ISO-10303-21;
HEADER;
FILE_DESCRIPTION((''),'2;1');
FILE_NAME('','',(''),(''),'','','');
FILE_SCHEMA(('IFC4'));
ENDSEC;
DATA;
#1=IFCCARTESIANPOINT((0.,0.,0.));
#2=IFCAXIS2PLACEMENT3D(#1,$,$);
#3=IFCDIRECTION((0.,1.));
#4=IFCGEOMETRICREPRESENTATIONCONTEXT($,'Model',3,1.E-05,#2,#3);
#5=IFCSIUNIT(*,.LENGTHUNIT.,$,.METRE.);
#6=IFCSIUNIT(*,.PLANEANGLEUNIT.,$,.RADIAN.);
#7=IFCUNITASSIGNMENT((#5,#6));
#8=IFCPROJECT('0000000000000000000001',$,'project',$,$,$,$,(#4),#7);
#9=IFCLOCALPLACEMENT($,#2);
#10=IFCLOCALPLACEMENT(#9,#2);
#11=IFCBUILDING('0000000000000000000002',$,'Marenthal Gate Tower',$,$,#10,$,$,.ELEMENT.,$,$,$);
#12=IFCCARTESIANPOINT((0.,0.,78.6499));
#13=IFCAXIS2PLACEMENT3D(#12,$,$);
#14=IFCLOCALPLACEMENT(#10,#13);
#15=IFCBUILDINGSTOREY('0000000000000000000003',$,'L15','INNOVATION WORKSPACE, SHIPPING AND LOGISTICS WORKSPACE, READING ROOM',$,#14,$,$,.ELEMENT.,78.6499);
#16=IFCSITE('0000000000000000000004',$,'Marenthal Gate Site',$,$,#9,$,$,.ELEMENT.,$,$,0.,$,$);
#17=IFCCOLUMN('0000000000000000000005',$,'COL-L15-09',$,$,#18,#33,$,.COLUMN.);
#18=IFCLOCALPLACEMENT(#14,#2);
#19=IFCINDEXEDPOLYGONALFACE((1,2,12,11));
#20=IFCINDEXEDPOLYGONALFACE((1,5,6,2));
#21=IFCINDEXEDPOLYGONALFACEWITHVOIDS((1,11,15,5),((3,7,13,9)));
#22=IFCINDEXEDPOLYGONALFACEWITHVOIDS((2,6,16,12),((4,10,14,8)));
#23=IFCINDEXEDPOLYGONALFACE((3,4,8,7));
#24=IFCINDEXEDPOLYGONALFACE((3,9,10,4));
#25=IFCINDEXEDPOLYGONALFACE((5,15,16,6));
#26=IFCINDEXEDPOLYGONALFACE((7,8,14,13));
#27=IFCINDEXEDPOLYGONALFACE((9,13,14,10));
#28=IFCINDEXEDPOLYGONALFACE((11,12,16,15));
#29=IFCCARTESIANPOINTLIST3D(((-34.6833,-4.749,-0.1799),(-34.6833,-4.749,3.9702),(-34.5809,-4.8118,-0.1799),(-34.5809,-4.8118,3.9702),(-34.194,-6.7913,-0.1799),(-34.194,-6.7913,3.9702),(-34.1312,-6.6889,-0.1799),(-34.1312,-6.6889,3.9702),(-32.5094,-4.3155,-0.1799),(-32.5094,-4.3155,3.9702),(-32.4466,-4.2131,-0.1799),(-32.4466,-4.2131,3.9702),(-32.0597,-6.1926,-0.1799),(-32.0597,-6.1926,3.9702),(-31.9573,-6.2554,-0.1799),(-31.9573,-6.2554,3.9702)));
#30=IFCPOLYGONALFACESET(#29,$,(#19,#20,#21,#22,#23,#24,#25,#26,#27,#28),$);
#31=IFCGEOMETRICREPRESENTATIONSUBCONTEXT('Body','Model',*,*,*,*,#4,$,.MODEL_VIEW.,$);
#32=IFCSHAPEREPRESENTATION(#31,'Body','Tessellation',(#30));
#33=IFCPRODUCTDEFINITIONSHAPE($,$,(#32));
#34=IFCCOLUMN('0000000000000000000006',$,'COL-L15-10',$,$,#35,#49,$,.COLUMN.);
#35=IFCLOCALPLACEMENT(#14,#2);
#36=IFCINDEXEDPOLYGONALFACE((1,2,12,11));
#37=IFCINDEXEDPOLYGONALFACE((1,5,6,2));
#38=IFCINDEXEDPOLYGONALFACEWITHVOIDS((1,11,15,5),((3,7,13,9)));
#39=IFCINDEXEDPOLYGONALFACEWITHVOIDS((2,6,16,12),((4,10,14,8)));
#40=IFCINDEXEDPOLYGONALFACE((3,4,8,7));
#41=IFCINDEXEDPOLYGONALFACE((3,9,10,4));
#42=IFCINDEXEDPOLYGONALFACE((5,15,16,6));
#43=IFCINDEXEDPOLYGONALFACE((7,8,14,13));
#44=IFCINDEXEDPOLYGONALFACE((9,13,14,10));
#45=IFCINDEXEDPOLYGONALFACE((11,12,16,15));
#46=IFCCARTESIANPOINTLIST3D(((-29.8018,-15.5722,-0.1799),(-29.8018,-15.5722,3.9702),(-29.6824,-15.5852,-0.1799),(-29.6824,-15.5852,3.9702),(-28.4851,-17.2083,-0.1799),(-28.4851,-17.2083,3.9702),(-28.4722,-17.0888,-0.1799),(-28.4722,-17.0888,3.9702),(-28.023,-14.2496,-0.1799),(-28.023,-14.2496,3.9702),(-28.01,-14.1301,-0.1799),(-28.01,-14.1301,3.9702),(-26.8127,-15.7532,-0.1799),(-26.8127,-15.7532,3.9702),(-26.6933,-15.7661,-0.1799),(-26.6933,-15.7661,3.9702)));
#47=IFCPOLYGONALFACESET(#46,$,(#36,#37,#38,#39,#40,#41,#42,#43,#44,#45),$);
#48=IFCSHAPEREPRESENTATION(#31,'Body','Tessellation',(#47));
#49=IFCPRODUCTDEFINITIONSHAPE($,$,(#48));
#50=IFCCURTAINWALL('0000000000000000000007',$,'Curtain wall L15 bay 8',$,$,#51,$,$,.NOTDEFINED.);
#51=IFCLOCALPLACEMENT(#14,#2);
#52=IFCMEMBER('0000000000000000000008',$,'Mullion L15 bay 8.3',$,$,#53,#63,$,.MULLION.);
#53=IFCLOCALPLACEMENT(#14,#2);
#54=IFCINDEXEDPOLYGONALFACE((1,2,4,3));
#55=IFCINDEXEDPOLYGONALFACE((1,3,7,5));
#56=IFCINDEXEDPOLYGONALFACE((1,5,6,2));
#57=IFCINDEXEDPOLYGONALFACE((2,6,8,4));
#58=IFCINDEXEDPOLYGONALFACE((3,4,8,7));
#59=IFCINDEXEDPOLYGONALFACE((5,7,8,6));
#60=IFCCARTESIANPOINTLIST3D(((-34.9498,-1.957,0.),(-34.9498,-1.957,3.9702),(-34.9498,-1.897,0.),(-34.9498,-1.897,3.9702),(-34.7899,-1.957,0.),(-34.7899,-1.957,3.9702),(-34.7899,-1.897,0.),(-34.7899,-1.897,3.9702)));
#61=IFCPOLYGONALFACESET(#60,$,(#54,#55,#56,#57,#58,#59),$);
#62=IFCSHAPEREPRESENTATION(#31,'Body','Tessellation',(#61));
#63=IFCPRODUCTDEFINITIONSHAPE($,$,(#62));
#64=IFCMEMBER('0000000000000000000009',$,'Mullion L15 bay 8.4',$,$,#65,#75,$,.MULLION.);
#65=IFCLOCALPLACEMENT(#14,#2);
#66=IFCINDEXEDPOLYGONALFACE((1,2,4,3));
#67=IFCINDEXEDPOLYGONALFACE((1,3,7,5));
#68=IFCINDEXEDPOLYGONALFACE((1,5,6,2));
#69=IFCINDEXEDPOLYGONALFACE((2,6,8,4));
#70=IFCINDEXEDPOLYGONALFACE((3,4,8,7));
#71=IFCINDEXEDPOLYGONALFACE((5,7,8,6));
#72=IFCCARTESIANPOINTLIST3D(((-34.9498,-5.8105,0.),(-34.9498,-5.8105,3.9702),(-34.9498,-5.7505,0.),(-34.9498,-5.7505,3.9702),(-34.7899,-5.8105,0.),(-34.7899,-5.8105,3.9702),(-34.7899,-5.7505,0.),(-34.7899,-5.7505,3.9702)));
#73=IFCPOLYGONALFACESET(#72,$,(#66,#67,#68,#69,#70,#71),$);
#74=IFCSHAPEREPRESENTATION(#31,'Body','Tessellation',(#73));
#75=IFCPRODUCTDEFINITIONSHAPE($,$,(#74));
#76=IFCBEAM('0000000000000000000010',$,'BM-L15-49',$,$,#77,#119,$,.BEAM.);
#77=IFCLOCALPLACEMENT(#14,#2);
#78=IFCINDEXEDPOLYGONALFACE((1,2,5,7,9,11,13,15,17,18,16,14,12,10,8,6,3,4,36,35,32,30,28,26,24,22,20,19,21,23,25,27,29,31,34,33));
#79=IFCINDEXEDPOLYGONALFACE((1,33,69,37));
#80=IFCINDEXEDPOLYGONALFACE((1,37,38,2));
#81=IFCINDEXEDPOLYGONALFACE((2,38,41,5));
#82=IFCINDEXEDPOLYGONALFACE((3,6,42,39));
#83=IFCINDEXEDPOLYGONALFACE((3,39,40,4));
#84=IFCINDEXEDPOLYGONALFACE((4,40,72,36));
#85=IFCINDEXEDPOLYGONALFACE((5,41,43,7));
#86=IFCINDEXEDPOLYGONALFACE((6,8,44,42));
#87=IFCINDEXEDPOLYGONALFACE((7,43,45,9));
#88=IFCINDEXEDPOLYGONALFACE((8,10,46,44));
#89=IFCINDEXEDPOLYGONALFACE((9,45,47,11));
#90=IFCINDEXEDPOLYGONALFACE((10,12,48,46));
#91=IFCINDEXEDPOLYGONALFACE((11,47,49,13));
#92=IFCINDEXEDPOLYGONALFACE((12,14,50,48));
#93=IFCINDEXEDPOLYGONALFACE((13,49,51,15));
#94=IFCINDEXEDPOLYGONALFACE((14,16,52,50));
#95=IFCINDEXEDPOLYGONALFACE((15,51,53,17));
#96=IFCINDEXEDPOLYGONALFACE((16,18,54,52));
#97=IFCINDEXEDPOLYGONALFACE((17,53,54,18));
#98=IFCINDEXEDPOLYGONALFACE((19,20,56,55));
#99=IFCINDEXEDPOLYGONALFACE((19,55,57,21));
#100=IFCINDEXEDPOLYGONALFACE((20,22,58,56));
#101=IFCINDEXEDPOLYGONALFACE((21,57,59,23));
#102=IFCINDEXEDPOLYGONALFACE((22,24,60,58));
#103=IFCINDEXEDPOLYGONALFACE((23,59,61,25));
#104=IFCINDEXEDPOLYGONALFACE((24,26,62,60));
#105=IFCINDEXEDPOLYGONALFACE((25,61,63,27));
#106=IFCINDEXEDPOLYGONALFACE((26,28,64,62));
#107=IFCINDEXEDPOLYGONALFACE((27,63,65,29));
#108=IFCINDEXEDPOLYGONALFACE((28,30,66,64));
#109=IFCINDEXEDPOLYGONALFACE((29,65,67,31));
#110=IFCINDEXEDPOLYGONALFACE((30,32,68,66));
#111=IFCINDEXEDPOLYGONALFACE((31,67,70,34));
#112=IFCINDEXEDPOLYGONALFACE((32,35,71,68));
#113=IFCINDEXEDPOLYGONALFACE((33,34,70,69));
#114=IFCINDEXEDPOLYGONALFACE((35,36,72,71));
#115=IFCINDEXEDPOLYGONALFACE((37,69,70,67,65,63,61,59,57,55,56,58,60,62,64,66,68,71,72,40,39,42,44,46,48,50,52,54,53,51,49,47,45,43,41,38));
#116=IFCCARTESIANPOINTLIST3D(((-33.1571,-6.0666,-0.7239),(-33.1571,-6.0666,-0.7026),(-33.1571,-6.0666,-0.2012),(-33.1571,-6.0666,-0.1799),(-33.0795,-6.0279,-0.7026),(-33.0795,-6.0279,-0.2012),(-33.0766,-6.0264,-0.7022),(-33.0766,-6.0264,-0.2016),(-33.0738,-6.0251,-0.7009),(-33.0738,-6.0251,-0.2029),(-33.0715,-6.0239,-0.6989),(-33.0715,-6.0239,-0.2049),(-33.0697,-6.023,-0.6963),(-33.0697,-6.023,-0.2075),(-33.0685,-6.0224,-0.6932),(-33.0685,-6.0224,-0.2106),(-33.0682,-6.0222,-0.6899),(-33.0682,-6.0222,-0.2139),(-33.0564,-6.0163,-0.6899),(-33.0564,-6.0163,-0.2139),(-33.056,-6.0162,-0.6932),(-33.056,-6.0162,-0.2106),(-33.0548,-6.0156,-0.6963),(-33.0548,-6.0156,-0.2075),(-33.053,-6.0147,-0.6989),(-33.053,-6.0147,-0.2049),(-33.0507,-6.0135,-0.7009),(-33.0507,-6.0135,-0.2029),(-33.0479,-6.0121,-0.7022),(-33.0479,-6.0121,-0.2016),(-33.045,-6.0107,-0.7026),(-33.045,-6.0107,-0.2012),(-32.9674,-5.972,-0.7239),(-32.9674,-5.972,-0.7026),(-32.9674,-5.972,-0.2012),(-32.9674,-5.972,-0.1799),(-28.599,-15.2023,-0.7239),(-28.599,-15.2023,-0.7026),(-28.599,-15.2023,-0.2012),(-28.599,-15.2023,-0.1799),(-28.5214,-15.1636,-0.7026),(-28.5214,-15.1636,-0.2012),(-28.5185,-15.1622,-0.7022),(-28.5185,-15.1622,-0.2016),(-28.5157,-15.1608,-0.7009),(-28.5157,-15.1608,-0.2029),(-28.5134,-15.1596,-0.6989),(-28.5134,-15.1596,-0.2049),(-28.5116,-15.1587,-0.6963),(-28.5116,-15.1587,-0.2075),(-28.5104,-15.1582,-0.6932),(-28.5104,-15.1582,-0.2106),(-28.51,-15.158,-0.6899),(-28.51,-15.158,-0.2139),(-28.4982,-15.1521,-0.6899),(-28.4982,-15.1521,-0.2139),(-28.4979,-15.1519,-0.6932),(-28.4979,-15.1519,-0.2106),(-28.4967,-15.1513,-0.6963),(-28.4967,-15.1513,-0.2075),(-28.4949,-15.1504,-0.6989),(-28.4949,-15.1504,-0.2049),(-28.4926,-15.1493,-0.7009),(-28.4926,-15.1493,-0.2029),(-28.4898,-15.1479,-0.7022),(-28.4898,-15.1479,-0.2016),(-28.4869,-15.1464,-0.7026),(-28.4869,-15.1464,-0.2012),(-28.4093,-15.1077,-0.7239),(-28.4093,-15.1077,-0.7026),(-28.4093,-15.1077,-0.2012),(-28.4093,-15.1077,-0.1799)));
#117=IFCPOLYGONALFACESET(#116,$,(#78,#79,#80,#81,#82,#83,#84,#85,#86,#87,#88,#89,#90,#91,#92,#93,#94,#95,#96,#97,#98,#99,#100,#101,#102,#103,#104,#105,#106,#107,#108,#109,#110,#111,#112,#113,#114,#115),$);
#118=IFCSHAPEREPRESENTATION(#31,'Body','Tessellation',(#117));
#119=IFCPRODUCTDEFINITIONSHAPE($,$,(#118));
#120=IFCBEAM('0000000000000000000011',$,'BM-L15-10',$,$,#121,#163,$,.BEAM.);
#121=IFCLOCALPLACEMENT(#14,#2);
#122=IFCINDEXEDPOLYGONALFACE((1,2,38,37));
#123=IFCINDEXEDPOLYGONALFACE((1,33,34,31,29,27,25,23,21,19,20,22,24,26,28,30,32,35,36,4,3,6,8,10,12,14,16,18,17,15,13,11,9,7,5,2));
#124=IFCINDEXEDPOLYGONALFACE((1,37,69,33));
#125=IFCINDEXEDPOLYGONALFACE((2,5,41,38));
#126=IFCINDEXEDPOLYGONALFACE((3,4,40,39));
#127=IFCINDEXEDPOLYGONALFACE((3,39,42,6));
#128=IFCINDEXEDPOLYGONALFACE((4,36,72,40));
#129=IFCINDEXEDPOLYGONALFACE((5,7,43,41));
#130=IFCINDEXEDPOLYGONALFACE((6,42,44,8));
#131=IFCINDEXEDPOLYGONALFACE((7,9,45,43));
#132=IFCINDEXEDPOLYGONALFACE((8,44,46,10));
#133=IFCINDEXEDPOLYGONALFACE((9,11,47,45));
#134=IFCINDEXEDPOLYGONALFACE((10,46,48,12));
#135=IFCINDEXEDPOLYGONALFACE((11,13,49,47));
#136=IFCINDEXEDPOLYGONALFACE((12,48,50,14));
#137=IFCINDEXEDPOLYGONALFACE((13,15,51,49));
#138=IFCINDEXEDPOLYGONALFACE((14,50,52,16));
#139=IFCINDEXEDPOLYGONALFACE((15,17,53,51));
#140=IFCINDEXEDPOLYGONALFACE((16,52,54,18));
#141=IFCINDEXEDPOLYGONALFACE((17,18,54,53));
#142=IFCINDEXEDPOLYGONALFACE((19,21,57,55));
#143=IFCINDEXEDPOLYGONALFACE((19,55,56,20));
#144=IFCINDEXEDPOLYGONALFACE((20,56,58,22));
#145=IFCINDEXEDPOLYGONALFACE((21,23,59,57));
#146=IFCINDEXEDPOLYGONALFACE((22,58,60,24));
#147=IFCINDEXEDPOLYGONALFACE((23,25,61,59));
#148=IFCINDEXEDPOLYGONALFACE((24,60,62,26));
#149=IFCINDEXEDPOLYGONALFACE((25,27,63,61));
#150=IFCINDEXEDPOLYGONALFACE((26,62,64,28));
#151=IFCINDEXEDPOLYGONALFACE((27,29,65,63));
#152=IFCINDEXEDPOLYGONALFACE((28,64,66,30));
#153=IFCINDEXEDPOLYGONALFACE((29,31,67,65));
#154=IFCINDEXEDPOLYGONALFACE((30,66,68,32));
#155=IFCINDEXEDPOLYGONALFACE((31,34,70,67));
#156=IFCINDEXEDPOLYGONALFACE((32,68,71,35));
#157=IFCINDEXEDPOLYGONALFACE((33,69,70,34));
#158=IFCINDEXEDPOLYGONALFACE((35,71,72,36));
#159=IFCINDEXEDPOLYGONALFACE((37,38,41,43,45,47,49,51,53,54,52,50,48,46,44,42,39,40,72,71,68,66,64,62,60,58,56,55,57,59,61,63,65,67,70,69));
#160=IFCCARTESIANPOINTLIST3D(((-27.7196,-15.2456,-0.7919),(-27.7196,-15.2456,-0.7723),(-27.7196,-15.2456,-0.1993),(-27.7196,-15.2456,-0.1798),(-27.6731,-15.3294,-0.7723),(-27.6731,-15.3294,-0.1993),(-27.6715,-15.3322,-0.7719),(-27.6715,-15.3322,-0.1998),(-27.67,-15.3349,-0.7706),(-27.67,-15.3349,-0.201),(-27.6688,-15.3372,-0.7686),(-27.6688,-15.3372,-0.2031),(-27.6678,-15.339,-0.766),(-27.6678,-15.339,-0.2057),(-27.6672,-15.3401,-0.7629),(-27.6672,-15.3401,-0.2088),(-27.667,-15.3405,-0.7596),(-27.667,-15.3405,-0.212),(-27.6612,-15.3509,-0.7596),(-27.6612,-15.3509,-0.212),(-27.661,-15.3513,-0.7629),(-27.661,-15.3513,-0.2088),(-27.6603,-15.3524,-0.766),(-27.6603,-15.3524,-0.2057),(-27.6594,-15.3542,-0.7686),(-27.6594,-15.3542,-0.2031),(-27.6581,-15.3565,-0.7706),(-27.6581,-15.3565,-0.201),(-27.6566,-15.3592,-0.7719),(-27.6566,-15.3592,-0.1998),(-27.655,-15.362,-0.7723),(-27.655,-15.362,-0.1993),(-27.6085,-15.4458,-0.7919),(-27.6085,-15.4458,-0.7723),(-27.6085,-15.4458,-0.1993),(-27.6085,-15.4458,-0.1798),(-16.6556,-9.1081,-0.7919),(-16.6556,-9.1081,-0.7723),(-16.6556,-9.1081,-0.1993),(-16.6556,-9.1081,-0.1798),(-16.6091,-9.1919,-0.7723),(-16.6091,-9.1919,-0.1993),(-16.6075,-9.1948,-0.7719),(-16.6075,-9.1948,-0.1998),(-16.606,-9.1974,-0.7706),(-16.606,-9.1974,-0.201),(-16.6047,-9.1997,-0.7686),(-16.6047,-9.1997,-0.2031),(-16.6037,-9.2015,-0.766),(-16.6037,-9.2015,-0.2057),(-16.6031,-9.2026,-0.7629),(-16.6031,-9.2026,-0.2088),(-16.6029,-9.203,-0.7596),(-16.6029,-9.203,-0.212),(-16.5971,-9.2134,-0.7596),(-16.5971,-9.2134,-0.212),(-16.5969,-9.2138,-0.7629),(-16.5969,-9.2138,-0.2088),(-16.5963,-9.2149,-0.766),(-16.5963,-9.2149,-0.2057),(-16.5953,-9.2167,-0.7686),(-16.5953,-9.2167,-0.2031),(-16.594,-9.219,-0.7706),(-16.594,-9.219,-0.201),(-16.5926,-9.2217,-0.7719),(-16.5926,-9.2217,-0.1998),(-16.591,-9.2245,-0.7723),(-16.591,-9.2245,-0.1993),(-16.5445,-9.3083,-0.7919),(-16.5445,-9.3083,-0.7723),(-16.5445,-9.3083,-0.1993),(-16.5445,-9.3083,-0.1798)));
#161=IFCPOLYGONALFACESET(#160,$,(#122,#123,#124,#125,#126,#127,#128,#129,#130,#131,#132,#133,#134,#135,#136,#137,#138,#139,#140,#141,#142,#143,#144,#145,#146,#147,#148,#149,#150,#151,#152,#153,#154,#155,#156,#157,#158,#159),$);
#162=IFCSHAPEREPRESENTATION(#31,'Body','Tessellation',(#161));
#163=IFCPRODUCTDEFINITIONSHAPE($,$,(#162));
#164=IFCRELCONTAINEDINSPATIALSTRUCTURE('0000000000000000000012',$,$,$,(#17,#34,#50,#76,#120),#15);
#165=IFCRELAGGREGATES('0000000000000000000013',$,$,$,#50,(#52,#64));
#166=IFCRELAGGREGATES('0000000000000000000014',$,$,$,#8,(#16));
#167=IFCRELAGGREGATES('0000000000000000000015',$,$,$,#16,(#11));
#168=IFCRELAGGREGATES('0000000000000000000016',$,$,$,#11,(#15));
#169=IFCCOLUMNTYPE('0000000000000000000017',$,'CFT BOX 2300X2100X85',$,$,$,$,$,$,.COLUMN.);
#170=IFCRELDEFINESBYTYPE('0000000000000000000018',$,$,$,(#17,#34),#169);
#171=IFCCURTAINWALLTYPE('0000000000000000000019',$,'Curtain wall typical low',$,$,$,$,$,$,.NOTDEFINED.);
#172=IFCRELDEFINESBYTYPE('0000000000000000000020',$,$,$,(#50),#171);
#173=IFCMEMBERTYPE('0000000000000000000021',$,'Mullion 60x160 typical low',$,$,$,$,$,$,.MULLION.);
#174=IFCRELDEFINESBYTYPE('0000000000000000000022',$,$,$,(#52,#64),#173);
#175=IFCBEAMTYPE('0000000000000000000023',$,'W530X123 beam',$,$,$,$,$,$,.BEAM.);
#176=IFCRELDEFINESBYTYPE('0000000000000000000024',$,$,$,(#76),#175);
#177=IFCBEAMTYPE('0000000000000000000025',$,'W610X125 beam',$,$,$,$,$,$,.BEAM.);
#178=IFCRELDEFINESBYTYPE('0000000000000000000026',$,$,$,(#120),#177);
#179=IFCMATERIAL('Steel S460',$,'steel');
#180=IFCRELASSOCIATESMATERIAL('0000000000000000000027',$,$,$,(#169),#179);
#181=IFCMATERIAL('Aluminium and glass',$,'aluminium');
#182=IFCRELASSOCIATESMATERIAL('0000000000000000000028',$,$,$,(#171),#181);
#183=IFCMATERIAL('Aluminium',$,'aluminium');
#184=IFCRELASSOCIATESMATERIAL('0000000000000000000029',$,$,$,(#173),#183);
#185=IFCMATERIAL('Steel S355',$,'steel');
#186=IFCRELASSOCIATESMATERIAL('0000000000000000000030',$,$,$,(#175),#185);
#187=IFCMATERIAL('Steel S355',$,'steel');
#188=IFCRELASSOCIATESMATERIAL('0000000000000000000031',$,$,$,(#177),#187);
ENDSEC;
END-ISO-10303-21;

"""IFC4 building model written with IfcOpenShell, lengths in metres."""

from ifc_helpers import new_model, si_unit, direction, frame, origin, origin_2d, place, context, subcontext, project, spatial, rectangle, hollow_rectangle, i_section, extrude, material, material_profile, profile_set, type_object, element, aggregate, save


model = new_model("IFC4")

# Units and contexts
model_context = context("Model", 3, precision=1e-05, world=origin(), true_north=direction((0.0, 1.0)))
body_context = subcontext(model_context, "Body", "Model", "MODEL_VIEW")
ifc_project = project(units=[si_unit("LENGTHUNIT", "METRE"), si_unit("PLANEANGLEUNIT", "RADIAN")], contexts=[model_context])

# Site, building, storey
site_placement = place(None, origin())
site = spatial("IfcSite", under=ifc_project, at=site_placement, Name="Marenthal Gate Site", CompositionType="ELEMENT", RefElevation=0.0)
building_placement = place(site_placement, origin())
building = spatial("IfcBuilding", under=site, at=building_placement, Name="Marenthal Gate Tower", CompositionType="ELEMENT")
storey_placement = place(building_placement, frame((0.0, 0.0, 78.6499)))
storey = spatial("IfcBuildingStorey", under=building, at=storey_placement, Name="L15", Description="INNOVATION WORKSPACE, SHIPPING AND LOGISTICS WORKSPACE, READING ROOM", CompositionType="ELEMENT", Elevation=78.6499)

# Columns
ifc_material_1 = material(Name="Steel S460", Category="steel")
ifc_material_profile_1 = material_profile(ifc_material_1, hollow_rectangle(XDim=2.1001, YDim=2.3, WallThickness=0.085, at=origin_2d()), Name="CFT BOX 2300X2100X85")
ifc_material_2 = material(Name="Concrete 70 MPa", Category="concrete")
ifc_material_profile_2 = material_profile(ifc_material_2, rectangle(XDim=1.9299, YDim=2.1299, at=origin_2d()), Name="CFT BOX 2300X2100X85 INFILL")
ifc_profile_set_1 = profile_set([ifc_material_profile_1, ifc_material_profile_2], Name="Steel S460 shell, Concrete 70 MPa infill")
column_type = type_object("IfcColumnType", Name="CFT BOX 2300X2100X85", PredefinedType="COLUMN", material=ifc_profile_set_1)
for number, where, z_axis, x_axis, name in (
    (1, (-33.3203, -5.5022, -0.1799), (0.0, 0.0, 1.0), (-0.233004, 0.972476, 0.0), "COL-L15-09"),
    (2, (-28.2476, -15.6692, -0.1799), (0.0, 0.0, 1.0), (-0.626997, 0.779022, 0.0), "COL-L15-10"),
):
    element("IfcColumn", number, at=place(storey_placement, frame(where, z_axis=z_axis, x_axis=x_axis)), inside=storey, type_object=column_type, Name=name, PredefinedType="COLUMN", context=body_context, shape_type="SweptSolid", body=[
        extrude(hollow_rectangle(XDim=2.1001, YDim=2.3, WallThickness=0.085, at=origin_2d()), origin(), (0.0, 0.0, 1.0), 4.1501),
    ])

# Curtain wall, members
ifc_material_3 = material(Name="Aluminium and glass", Category="aluminium")
curtain_wall_type = type_object("IfcCurtainWallType", Name="Curtain wall typical low", PredefinedType="NOTDEFINED", material=ifc_material_3)
curtain_wall_placement = place(storey_placement, origin())
curtain_wall = element("IfcCurtainWall", 3, at=curtain_wall_placement, inside=storey, type_object=curtain_wall_type, Name="Curtain wall L15 bay 8", PredefinedType="NOTDEFINED")
ifc_material_4 = material(Name="Aluminium", Category="aluminium")
ifc_material_profile_3 = material_profile(ifc_material_4, rectangle(XDim=0.1599, YDim=0.0601, at=origin_2d()), Name="60x160 aluminium mullion")
ifc_profile_set_2 = profile_set([ifc_material_profile_3], Name="Aluminium")
member_type = type_object("IfcMemberType", Name="Mullion 60x160 typical low", PredefinedType="MULLION", material=ifc_profile_set_2)
member_1_placement = place(storey_placement, frame((-34.8699, -1.927, 0.0), z_axis=(0.0, 0.0, 1.0), x_axis=(1.0, 0.0, 0.0)))
member_1 = element("IfcMember", 4, at=member_1_placement, type_object=member_type, Name="Mullion L15 bay 8.3", PredefinedType="MULLION", context=body_context, shape_type="SweptSolid", body=[
    extrude(rectangle(XDim=0.1599, YDim=0.0601, at=origin_2d()), origin(), (0.0, 0.0, 1.0), 3.9702),
])
member_2_placement = place(storey_placement, frame((-34.8699, -5.7805, 0.0), z_axis=(0.0, 0.0, 1.0), x_axis=(1.0, 0.0, 0.0)))
member_2 = element("IfcMember", 5, at=member_2_placement, type_object=member_type, Name="Mullion L15 bay 8.4", PredefinedType="MULLION", context=body_context, shape_type="SweptSolid", body=[
    extrude(rectangle(XDim=0.1599, YDim=0.0601, at=origin_2d()), origin(), (0.0, 0.0, 1.0), 3.9702),
])

# Beams
ifc_material_5 = material(Name="Steel S355", Category="steel")
ifc_material_profile_4 = material_profile(ifc_material_5, i_section(OverallWidth=0.2119, OverallDepth=0.5439, WebThickness=0.0132, FlangeThickness=0.0212, FilletRadius=0.0127, at=origin_2d()), Name="W530X123")
ifc_profile_set_3 = profile_set([ifc_material_profile_4], Name="Steel S355")
beam_type_1 = type_object("IfcBeamType", Name="W530X123 beam", PredefinedType="BEAM", material=ifc_profile_set_3)
beam_1_placement = place(storey_placement, frame((-33.0623, -6.0193, -0.4519), z_axis=(0.446448, -0.894809, 0.0), x_axis=(0.894809, 0.446448, 0.0)))
element("IfcBeam", 6, at=beam_1_placement, inside=storey, type_object=beam_type_1, Name="BM-L15-49", PredefinedType="BEAM", context=body_context, shape_type="SweptSolid", body=[
    extrude(i_section(OverallWidth=0.2119, OverallDepth=0.5439, WebThickness=0.0132, FlangeThickness=0.0212, FilletRadius=0.0127, at=origin_2d()), origin(), (0.0, 0.0, 1.0), 10.2097),
])
ifc_material_6 = material(Name="Steel S355", Category="steel")
ifc_material_profile_5 = material_profile(ifc_material_6, i_section(OverallWidth=0.229, OverallDepth=0.6121, WebThickness=0.012, FlangeThickness=0.0195, FilletRadius=0.0127, at=origin_2d()), Name="W610X125")
ifc_profile_set_4 = profile_set([ifc_material_profile_5], Name="Steel S355")
beam_type_2 = type_object("IfcBeamType", Name="W610X125 beam", PredefinedType="BEAM", material=ifc_profile_set_4)
beam_2_placement = place(storey_placement, frame((-27.6641, -15.3457, -0.4858), z_axis=(0.874466, 0.485087, 0.0), x_axis=(-0.485087, 0.874466, 0.0)))
element("IfcBeam", 7, at=beam_2_placement, inside=storey, type_object=beam_type_2, Name="BM-L15-10", PredefinedType="BEAM", context=body_context, shape_type="SweptSolid", body=[
    extrude(i_section(OverallWidth=0.229, OverallDepth=0.6121, WebThickness=0.012, FlangeThickness=0.0195, FilletRadius=0.0127, at=origin_2d()), origin(), (0.0, 0.0, 1.0), 12.6523),
])

aggregate(curtain_wall, [member_1, member_2])

save(model, "model.ifc")
